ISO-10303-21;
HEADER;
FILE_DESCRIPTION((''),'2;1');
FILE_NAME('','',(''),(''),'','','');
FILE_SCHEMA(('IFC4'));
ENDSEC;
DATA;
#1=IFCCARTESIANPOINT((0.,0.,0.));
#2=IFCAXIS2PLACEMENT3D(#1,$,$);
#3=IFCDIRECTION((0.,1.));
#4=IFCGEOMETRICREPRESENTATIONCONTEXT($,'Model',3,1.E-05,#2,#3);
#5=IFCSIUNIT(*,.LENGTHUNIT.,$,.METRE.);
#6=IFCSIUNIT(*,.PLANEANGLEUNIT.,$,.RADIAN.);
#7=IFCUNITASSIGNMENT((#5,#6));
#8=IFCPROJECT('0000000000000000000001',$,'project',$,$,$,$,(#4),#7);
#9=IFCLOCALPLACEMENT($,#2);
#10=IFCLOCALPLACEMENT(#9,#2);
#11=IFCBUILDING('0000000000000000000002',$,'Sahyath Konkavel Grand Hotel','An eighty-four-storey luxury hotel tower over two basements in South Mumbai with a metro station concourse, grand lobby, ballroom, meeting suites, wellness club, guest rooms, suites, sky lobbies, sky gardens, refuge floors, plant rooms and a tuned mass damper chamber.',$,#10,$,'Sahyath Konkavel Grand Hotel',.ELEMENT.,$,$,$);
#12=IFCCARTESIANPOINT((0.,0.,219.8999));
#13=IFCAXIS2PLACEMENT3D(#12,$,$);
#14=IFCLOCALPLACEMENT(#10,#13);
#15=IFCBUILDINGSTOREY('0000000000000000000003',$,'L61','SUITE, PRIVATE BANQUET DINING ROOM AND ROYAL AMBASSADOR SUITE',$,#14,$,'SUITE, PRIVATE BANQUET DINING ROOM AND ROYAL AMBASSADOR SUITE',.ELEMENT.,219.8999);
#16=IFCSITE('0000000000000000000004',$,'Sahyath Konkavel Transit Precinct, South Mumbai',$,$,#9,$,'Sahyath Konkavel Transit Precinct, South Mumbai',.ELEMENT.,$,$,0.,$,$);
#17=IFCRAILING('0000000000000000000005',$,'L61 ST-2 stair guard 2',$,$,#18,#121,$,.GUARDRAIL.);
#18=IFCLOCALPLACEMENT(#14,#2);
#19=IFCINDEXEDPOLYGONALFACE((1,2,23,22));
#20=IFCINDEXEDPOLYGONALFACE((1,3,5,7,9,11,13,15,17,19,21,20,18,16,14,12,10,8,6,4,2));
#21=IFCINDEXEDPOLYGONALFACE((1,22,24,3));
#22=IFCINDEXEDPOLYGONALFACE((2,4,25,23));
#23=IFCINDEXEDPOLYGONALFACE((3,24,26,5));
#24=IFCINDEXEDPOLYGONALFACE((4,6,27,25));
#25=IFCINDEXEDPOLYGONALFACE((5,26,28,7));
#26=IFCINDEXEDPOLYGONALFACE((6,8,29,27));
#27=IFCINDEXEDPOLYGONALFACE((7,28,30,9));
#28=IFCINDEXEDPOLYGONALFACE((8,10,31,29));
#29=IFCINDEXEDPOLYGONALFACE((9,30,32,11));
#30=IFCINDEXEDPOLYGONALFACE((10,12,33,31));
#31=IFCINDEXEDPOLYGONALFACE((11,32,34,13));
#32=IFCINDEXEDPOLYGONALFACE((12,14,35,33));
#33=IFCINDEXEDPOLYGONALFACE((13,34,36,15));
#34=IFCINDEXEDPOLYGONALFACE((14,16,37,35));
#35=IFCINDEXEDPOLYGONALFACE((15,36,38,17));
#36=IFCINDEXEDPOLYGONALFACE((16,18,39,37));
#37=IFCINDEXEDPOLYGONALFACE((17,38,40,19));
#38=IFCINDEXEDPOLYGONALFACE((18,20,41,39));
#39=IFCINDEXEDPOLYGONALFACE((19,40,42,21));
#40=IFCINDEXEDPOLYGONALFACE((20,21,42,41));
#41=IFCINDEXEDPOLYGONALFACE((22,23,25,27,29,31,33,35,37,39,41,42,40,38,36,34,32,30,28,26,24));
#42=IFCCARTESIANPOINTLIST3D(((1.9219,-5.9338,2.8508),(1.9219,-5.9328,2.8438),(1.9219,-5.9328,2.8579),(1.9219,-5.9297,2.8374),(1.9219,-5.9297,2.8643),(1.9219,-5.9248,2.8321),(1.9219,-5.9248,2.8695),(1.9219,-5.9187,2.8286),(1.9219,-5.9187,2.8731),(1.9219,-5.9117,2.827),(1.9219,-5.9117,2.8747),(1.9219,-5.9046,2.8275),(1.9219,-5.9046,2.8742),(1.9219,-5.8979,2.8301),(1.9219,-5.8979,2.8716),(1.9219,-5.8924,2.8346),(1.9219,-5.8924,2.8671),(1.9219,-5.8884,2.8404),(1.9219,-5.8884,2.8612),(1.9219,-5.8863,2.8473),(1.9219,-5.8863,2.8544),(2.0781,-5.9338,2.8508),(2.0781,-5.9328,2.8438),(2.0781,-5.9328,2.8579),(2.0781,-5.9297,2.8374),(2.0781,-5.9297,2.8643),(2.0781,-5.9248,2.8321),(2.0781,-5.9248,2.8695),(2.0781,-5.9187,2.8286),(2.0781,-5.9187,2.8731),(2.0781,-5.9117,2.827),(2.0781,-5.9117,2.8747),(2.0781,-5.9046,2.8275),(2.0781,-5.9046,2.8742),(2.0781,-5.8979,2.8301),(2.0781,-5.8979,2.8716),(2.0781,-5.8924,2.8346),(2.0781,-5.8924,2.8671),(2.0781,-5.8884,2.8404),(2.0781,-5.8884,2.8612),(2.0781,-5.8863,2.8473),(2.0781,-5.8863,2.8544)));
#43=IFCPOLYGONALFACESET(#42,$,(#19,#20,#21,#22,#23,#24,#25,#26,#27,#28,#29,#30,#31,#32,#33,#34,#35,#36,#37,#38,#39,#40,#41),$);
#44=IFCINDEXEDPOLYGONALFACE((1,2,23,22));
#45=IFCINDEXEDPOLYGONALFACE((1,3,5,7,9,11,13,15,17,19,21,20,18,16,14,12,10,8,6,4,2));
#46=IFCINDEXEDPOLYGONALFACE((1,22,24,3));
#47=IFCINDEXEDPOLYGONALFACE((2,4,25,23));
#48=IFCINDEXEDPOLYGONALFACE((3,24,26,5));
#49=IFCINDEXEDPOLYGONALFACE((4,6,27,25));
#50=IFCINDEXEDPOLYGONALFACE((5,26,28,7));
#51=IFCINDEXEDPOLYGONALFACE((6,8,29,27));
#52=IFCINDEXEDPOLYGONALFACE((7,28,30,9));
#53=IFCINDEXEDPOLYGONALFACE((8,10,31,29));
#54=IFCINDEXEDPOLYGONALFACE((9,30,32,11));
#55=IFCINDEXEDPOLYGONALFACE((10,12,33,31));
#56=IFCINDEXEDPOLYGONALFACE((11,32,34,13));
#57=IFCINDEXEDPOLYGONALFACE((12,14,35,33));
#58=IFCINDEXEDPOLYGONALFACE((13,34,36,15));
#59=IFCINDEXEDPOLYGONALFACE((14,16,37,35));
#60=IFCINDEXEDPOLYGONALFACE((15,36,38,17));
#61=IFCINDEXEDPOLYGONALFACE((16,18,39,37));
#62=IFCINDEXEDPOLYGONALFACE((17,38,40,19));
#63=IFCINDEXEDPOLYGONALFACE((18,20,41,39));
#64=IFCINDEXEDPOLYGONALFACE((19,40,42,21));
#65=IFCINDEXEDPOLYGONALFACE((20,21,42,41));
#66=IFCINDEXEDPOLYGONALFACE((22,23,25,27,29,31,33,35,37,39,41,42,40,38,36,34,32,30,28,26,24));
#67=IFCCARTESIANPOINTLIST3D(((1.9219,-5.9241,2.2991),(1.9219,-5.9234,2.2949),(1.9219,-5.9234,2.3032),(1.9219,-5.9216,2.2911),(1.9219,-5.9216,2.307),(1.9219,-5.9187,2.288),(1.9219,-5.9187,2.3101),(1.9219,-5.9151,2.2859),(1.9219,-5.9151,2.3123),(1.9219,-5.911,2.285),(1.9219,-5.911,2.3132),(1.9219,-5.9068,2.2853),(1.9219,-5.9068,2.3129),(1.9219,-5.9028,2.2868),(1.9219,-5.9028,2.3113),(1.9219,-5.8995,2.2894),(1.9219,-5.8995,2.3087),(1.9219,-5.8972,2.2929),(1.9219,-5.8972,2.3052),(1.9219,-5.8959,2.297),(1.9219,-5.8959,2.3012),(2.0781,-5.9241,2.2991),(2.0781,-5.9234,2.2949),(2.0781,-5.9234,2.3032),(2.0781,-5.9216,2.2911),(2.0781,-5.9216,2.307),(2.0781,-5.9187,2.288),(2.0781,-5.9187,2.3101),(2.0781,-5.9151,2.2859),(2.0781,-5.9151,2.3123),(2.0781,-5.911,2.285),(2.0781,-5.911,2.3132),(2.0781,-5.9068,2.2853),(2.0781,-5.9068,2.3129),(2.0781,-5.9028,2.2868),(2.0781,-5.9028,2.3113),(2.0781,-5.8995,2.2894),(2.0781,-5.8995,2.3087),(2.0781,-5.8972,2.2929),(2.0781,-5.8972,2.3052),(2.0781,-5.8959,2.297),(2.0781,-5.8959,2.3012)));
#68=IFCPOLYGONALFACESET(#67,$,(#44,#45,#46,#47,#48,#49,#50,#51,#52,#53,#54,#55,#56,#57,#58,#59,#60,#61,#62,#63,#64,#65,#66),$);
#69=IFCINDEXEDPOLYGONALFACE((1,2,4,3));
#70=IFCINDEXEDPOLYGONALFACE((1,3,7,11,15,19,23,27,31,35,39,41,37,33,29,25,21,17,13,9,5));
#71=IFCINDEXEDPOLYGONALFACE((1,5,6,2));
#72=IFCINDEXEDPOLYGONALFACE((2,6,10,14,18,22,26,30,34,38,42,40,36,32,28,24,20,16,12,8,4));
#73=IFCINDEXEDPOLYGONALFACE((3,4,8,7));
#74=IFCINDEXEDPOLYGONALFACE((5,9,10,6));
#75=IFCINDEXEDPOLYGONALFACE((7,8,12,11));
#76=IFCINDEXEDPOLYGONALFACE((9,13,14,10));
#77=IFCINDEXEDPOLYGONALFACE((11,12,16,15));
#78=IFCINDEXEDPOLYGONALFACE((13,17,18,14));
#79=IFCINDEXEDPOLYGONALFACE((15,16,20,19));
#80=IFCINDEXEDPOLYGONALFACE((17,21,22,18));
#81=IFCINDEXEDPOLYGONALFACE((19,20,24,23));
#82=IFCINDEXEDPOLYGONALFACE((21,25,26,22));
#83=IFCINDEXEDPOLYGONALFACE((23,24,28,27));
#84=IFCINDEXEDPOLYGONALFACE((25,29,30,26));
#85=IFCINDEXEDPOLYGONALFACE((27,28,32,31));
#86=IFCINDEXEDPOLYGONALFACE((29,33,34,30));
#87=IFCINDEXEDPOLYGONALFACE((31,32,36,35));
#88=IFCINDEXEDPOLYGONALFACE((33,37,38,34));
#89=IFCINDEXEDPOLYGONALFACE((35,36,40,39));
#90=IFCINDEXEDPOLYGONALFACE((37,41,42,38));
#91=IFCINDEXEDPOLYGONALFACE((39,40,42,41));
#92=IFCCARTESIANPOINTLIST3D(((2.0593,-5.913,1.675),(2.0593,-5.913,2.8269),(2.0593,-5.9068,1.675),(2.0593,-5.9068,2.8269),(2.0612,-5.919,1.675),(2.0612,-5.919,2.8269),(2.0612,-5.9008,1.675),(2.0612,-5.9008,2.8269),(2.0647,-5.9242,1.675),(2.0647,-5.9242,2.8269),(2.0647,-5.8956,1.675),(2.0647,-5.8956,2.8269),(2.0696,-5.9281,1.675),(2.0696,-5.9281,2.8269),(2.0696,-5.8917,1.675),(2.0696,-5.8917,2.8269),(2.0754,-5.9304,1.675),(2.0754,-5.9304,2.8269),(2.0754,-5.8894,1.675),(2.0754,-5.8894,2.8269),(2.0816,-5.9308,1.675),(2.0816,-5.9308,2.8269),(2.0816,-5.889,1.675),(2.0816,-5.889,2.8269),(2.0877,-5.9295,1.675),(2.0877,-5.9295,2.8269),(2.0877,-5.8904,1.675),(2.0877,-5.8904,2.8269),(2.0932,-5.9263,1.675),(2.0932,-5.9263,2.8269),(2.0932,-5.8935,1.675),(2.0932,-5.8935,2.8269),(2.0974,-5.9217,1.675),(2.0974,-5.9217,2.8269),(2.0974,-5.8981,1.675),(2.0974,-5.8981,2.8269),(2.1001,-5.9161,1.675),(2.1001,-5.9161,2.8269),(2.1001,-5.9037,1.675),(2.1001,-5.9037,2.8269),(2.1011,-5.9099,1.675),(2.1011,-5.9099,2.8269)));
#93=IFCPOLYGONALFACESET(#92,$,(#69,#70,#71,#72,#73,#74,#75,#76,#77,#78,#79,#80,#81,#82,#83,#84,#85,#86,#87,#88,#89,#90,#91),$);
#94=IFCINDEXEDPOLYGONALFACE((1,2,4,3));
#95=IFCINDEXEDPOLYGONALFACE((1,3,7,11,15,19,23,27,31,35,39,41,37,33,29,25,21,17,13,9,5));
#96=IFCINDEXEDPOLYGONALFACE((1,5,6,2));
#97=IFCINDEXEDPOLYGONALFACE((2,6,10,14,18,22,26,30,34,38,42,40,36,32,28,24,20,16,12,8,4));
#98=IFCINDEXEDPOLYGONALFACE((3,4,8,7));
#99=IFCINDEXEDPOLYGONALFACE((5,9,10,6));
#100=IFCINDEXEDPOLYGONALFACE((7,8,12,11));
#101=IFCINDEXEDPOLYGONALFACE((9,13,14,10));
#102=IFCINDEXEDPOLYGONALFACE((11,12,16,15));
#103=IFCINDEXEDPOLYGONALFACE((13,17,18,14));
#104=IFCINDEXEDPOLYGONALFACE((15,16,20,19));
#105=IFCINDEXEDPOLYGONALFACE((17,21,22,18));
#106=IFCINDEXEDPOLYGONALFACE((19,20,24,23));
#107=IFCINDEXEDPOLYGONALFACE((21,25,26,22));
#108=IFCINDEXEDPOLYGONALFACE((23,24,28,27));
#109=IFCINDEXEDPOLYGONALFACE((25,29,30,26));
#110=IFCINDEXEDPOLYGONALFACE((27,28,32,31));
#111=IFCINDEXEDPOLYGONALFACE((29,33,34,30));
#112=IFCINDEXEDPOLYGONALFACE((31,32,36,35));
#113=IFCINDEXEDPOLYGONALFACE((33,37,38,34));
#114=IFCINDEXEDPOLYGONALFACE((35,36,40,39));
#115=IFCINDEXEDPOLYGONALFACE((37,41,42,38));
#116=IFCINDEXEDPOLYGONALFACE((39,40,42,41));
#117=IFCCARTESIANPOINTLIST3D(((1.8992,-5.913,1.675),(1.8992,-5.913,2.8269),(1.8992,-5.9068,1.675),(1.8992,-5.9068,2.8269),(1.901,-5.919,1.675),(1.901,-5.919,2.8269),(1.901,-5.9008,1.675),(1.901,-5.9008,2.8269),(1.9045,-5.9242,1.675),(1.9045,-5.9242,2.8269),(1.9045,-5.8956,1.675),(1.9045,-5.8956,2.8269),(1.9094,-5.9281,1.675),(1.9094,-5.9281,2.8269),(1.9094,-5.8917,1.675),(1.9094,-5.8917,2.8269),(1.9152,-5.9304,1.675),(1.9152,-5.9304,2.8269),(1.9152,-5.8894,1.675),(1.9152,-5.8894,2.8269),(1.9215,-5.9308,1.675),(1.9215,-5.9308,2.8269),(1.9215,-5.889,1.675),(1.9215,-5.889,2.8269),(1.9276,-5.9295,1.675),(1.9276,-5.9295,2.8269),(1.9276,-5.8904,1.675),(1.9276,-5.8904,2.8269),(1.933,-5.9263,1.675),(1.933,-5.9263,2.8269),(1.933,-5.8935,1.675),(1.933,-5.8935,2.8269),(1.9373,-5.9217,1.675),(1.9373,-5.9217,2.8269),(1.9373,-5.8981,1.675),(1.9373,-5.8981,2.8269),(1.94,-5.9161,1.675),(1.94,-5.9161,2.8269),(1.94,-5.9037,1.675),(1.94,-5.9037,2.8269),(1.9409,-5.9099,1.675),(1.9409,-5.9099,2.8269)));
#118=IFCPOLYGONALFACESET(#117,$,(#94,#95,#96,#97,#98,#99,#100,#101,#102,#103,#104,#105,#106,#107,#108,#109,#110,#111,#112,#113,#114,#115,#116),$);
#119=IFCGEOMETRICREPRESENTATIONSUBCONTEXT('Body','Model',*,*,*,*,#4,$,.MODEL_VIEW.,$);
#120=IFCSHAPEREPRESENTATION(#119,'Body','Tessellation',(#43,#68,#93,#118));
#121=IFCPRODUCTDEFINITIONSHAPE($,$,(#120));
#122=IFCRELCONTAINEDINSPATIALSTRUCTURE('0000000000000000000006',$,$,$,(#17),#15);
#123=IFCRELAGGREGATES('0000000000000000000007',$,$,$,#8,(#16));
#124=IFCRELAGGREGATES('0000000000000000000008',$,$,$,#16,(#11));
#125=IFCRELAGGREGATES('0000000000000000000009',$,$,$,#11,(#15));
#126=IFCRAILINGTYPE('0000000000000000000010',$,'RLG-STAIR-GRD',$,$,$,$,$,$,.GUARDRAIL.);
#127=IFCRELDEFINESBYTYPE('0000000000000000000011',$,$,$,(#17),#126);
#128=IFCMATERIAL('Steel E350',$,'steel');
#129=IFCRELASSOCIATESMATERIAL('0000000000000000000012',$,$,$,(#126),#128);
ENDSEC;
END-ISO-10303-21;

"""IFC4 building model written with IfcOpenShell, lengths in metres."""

from ifc_helpers import new_model, si_unit, direction, frame, origin, origin_2d, place, context, subcontext, project, spatial, circle, extrude, material, type_object, element, save


model = new_model("IFC4")

# Units and contexts
model_context = context("Model", 3, precision=1e-05, world=origin(), true_north=direction((0.0, 1.0)))
body_context = subcontext(model_context, "Body", "Model", "MODEL_VIEW")
ifc_project = project(units=[si_unit("LENGTHUNIT", "METRE"), si_unit("PLANEANGLEUNIT", "RADIAN")], contexts=[model_context])

# Site, building, storey
site_placement = place(None, origin())
site = spatial("IfcSite", under=ifc_project, at=site_placement, Name="Sahyath Konkavel Transit Precinct, South Mumbai", LongName="Sahyath Konkavel Transit Precinct, South Mumbai", CompositionType="ELEMENT", RefElevation=0.0)
building_placement = place(site_placement, origin())
building = spatial("IfcBuilding", under=site, at=building_placement, Name="Sahyath Konkavel Grand Hotel", Description="An eighty-four-storey luxury hotel tower over two basements in South Mumbai with a metro station concourse, grand lobby, ballroom, meeting suites, wellness club, guest rooms, suites, sky lobbies, sky gardens, refuge floors, plant rooms and a tuned mass damper chamber.", LongName="Sahyath Konkavel Grand Hotel", CompositionType="ELEMENT")
storey_placement = place(building_placement, frame((0.0, 0.0, 219.8999)))
storey = spatial("IfcBuildingStorey", under=building, at=storey_placement, Name="L61", Description="SUITE, PRIVATE BANQUET DINING ROOM AND ROYAL AMBASSADOR SUITE", LongName="SUITE, PRIVATE BANQUET DINING ROOM AND ROYAL AMBASSADOR SUITE", CompositionType="ELEMENT", Elevation=219.8999)

# Shared definitions
ifc_material_1 = material(Name="Steel E350", Category="steel")

# Railing
railing_type_1 = type_object("IfcRailingType", Name="RLG-STAIR-GRD", PredefinedType="GUARDRAIL", material=ifc_material_1)
railing_1_placement = place(storey_placement, frame((2.0801, -5.9099, 1.675)))
element("IfcRailing", 1, at=railing_1_placement, inside=storey, type_object=railing_type_1, Name="L61 ST-2 stair guard 2", PredefinedType="GUARDRAIL", context=body_context, shape_type="SweptSolid", body=[
    extrude(circle(Radius=0.0239, at=origin_2d()), frame((-0.002, 0.0, 1.1758), z_axis=(-1.0, 0.0, 0.0), x_axis=(0.0, -1.0, 0.0)), (0.0, 0.0, 1.0), 0.1562),
    extrude(circle(Radius=0.0142, at=origin_2d()), frame((-0.002, 0.0, 0.624), z_axis=(-1.0, 0.0, 0.0), x_axis=(0.0, -1.0, 0.0)), (0.0, 0.0, 1.0), 0.1562),
    extrude(circle(Radius=0.021, at=origin_2d()), origin(), (0.0, 0.0, 1.0), 1.1519),
    extrude(circle(Radius=0.021, at=origin_2d()), frame((-0.1602, 0.0, 0.0)), (0.0, 0.0, 1.0), 1.1519),
])

save(model, "model.ifc")
